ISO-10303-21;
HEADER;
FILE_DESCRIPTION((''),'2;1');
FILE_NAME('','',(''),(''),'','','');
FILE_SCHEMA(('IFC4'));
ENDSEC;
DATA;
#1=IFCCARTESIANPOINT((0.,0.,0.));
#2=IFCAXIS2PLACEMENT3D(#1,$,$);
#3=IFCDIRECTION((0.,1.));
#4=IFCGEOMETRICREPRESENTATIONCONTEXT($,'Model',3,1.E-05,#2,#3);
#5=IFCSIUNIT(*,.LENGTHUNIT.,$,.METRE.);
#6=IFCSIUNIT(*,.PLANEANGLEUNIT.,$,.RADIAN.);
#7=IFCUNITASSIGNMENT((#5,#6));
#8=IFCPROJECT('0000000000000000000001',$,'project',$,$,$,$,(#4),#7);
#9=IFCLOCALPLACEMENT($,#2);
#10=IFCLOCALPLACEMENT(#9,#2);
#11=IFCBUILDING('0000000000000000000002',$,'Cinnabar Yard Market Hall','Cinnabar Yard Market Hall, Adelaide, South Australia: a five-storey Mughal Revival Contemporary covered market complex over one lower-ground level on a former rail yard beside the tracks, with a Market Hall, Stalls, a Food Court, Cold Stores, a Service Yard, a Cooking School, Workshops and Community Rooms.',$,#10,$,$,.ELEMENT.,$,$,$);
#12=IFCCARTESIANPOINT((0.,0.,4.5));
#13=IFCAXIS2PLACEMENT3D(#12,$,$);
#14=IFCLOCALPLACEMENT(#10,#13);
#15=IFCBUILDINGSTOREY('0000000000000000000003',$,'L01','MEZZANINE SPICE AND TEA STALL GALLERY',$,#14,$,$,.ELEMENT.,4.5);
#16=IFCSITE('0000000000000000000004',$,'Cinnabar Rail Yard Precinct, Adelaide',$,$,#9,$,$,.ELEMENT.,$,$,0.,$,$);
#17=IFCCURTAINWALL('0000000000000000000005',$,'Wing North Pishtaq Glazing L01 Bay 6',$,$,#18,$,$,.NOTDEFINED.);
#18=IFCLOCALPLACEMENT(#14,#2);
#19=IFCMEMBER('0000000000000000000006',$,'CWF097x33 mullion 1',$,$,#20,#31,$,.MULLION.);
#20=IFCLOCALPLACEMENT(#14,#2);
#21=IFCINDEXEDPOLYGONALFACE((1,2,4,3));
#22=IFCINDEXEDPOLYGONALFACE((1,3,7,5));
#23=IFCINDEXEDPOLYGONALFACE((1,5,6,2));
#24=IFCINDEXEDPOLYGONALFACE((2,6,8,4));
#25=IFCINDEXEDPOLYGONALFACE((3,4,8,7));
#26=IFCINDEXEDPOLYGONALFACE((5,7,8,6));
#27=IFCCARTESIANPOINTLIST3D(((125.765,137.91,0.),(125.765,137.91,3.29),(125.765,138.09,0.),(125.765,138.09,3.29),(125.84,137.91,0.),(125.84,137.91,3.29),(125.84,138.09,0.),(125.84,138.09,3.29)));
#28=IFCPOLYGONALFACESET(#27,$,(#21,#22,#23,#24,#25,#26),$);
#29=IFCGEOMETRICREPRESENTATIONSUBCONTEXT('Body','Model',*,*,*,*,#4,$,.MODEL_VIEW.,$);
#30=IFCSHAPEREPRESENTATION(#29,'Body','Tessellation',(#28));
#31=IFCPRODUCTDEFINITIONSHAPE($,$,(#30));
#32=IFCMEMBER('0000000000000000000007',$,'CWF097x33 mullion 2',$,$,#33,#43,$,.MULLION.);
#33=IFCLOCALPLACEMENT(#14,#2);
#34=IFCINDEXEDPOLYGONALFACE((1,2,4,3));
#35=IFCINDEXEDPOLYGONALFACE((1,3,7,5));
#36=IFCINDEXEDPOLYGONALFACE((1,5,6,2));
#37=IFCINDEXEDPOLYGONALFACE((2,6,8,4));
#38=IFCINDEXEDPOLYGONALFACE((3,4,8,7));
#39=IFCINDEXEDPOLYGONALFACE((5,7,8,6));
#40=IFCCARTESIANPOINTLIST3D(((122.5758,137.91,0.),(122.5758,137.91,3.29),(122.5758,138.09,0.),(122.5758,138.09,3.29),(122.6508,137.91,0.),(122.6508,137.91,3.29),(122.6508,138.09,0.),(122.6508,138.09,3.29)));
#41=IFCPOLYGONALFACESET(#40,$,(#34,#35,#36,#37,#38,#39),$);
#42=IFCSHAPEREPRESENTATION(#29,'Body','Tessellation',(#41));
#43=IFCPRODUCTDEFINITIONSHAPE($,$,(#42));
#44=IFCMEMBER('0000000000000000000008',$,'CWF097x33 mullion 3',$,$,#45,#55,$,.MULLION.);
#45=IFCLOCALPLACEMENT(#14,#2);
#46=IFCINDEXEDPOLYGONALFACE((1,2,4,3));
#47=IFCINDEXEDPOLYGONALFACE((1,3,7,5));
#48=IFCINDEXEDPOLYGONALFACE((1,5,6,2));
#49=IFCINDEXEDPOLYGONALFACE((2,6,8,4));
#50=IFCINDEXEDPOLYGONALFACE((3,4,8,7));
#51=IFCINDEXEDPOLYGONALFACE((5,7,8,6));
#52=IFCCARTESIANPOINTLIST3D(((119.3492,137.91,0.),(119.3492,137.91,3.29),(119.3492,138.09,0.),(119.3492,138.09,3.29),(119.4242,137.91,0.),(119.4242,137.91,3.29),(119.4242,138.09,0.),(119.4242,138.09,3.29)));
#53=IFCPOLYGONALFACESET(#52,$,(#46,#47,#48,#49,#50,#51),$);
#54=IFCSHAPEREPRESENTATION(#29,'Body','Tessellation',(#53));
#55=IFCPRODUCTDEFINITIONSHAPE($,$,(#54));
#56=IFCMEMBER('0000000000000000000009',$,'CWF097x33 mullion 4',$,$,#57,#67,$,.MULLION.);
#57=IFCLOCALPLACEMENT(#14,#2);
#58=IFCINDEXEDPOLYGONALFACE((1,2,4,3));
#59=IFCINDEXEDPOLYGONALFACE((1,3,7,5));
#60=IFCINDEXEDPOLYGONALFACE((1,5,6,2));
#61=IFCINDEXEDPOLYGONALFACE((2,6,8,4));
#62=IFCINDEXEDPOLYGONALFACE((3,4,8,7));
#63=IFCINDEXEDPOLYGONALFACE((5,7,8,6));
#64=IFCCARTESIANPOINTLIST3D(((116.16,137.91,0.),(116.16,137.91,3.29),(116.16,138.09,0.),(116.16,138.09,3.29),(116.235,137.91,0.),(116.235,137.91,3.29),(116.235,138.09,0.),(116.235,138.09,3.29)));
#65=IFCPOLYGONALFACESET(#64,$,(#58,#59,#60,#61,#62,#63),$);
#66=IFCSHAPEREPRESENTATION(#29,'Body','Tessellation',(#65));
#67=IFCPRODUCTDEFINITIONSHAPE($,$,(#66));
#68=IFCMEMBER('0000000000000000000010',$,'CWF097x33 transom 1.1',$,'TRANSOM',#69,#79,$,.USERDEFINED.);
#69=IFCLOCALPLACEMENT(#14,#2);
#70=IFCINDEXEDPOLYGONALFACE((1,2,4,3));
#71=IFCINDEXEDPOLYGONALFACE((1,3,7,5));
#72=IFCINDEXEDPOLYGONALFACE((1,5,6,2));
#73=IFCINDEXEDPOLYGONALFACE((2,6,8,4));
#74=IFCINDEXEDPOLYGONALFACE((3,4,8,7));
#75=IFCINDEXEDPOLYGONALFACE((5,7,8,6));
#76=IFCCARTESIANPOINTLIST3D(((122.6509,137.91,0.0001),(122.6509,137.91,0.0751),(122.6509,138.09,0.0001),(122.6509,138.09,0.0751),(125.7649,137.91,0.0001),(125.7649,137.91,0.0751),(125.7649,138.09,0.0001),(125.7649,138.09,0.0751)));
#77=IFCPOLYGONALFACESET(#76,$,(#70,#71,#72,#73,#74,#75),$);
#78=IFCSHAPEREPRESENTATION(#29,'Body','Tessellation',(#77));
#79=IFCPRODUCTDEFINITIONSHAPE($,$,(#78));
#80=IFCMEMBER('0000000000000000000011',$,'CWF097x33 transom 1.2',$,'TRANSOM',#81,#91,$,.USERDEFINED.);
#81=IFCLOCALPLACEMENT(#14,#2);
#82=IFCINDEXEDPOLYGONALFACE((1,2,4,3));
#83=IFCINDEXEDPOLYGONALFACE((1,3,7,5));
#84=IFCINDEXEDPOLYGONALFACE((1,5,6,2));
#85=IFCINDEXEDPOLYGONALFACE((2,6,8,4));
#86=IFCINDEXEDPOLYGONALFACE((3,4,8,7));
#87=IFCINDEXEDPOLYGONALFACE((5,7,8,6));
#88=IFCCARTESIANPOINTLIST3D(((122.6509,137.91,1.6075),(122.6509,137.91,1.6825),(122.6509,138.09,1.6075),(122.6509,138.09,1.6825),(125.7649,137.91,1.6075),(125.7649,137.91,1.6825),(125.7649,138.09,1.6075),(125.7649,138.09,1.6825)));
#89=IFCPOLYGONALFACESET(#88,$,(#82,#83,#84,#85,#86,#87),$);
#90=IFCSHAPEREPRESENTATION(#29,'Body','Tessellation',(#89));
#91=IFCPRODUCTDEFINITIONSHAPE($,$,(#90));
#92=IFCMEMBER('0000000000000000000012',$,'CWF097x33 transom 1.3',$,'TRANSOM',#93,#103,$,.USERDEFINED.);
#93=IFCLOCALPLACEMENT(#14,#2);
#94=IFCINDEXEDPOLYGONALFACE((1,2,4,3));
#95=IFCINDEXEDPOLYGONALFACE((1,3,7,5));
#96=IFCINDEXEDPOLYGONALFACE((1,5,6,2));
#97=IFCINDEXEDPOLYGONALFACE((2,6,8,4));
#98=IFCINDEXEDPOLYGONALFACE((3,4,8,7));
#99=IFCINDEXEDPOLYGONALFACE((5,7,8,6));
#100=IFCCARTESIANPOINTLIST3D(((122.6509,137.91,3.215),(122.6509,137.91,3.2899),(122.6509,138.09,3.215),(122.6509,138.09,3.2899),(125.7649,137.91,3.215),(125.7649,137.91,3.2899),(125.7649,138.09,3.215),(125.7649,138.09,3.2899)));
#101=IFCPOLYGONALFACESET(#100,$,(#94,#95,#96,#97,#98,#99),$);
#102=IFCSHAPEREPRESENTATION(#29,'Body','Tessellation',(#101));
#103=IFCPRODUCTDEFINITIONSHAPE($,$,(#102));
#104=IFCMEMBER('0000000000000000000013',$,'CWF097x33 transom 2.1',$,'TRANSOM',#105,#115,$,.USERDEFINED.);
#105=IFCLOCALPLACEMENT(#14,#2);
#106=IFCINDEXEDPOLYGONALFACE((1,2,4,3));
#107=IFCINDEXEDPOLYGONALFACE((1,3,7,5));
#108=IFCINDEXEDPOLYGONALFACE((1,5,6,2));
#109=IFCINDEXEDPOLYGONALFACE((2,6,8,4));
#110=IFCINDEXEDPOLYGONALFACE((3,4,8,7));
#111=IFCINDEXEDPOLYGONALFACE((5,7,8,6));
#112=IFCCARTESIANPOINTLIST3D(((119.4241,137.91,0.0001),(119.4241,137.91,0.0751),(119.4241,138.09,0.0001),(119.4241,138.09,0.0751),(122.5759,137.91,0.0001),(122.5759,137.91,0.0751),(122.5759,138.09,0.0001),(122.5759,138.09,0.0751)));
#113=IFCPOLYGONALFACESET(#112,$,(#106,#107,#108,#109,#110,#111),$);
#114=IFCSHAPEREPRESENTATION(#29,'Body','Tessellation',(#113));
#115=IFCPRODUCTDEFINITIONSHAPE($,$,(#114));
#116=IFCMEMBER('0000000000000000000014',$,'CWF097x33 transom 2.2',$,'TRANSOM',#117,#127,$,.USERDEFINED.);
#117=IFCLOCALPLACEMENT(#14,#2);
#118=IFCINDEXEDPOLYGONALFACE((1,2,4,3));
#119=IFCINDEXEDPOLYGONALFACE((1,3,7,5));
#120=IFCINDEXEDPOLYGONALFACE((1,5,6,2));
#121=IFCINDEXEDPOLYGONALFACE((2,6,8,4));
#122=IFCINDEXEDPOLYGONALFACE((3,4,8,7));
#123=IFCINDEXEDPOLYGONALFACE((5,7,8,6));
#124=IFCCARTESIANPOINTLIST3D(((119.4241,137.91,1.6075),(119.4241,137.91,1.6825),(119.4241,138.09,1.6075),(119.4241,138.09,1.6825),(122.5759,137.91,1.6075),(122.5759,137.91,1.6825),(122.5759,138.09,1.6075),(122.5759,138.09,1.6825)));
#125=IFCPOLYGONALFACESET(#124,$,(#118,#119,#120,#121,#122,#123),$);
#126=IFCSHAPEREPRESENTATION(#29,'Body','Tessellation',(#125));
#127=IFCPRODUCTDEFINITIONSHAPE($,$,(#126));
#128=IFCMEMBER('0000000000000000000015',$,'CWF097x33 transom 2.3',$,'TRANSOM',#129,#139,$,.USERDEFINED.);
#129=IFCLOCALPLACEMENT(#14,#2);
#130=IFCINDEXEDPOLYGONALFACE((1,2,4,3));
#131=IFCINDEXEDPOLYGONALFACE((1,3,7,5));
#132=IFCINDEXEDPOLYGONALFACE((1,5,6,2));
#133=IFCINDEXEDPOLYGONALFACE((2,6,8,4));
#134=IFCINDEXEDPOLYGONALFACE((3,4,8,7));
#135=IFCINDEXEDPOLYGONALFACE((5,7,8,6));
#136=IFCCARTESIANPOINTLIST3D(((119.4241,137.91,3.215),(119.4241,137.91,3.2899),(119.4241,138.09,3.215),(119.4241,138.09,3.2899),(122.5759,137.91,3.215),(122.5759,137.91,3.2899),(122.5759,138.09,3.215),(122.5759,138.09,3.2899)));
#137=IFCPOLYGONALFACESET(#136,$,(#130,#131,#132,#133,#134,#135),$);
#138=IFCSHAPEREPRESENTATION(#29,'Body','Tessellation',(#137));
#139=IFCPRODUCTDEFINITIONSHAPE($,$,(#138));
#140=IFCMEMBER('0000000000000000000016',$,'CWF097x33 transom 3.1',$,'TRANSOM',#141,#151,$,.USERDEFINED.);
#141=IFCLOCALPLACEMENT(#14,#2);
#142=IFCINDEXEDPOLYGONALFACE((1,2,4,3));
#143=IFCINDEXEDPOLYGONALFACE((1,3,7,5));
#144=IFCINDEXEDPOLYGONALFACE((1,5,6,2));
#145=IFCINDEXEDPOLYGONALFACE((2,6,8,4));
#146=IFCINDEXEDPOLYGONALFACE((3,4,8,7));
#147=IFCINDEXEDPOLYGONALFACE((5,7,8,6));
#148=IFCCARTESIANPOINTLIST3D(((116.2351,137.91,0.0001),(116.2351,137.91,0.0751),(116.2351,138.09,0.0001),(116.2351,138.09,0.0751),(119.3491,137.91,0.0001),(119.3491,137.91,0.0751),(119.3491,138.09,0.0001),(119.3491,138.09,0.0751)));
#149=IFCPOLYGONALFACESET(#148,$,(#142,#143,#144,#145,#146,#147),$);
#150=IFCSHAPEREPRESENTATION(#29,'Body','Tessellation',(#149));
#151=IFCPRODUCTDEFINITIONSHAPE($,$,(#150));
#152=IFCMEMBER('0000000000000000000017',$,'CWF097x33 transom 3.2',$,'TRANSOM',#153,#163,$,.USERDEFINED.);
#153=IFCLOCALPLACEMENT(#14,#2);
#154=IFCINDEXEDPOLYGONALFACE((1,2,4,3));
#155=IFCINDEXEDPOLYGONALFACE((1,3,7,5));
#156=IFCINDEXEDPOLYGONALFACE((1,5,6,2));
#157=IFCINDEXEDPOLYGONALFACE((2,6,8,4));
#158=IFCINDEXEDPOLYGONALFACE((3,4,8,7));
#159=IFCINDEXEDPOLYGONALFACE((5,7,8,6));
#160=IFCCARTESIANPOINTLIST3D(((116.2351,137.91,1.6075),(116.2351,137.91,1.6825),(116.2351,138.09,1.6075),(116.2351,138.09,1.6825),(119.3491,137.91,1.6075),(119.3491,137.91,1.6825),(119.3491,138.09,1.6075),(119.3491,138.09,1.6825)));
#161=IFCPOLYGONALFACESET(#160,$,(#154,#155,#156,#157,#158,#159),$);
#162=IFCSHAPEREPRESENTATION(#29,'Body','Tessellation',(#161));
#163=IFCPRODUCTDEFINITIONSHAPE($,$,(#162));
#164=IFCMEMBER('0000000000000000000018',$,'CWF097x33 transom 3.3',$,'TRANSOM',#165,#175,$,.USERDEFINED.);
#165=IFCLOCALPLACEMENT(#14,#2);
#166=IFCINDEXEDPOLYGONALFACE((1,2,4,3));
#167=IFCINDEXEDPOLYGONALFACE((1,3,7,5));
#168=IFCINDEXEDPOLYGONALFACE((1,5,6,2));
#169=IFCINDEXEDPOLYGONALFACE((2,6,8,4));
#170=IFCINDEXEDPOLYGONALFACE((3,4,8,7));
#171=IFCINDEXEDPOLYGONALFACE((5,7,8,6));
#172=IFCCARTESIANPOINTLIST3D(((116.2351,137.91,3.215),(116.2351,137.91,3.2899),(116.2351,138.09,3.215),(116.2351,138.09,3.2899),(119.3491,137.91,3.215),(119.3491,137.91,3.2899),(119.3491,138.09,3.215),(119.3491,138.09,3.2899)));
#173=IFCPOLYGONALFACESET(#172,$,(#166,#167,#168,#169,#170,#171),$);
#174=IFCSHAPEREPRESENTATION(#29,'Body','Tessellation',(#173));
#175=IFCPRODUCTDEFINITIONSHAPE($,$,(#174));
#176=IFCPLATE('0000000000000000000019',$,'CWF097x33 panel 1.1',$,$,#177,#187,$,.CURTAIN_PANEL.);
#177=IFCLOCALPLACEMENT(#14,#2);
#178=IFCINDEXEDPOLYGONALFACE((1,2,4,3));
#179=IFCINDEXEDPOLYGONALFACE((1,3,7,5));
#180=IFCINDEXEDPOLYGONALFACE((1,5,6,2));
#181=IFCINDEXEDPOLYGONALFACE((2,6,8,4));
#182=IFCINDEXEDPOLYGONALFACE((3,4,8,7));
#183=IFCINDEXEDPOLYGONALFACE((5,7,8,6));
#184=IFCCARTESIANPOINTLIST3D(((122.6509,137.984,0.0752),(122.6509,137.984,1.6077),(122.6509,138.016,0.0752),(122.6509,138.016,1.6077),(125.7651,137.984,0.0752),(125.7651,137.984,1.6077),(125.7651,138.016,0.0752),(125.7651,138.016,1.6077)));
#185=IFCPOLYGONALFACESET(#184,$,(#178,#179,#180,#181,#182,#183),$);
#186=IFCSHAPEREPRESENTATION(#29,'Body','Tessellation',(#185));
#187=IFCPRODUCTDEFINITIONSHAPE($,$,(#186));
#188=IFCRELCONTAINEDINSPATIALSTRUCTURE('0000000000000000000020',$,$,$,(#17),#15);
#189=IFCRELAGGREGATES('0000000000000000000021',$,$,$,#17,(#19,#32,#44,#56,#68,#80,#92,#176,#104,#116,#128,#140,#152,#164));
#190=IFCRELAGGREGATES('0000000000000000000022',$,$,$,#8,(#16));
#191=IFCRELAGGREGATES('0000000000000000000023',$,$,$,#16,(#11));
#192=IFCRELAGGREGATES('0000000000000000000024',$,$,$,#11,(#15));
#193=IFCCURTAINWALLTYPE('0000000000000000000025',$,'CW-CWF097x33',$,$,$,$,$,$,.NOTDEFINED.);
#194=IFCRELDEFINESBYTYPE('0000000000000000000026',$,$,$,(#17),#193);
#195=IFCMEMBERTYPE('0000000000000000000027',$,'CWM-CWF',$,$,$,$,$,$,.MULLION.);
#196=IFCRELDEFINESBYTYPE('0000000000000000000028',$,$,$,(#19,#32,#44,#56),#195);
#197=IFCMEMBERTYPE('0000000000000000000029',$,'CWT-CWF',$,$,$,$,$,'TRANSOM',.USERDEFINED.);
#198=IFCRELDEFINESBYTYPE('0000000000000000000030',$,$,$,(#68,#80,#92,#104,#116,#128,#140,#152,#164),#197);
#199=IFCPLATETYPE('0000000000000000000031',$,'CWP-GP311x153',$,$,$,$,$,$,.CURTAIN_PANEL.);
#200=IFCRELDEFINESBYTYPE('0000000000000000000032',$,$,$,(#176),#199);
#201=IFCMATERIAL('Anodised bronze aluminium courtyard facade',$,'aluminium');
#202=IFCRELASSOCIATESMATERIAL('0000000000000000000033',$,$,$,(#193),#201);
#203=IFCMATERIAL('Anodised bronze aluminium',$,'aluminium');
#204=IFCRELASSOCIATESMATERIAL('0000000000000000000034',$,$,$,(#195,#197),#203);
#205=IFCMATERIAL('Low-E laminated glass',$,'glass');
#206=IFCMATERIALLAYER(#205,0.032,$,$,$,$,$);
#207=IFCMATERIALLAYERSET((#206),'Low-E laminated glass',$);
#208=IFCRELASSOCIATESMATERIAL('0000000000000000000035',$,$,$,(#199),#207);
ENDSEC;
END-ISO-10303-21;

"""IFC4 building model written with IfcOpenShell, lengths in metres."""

from ifc_helpers import new_model, si_unit, direction, frame, origin, origin_2d_with_axis, place, context, subcontext, project, spatial, rectangle, extrude, material, layer, layer_set, material_profile, profile_set, type_object, element, aggregate, save


model = new_model("IFC4")

# Units and contexts
model_context = context("Model", 3, precision=1e-05, world=origin(), true_north=direction((0.0, 1.0)))
body_context = subcontext(model_context, "Body", "Model", "MODEL_VIEW")
ifc_project = project(units=[si_unit("LENGTHUNIT", "METRE"), si_unit("PLANEANGLEUNIT", "RADIAN")], contexts=[model_context])

# Site, building, storey
site_placement = place(None, origin())
site = spatial("IfcSite", under=ifc_project, at=site_placement, Name="Cinnabar Rail Yard Precinct, Adelaide", CompositionType="ELEMENT", RefElevation=0.0)
building_placement = place(site_placement, origin())
building = spatial("IfcBuilding", under=site, at=building_placement, Name="Cinnabar Yard Market Hall", Description="Cinnabar Yard Market Hall, Adelaide, South Australia: a five-storey Mughal Revival Contemporary covered market complex over one lower-ground level on a former rail yard beside the tracks, with a Market Hall, Stalls, a Food Court, Cold Stores, a Service Yard, a Cooking School, Workshops and Community Rooms.", CompositionType="ELEMENT")
storey_placement = place(building_placement, frame((0.0, 0.0, 4.5)))
storey = spatial("IfcBuildingStorey", under=building, at=storey_placement, Name="L01", Description="MEZZANINE SPICE AND TEA STALL GALLERY", CompositionType="ELEMENT", Elevation=4.5)

# Curtain wall, members, plate
ifc_material_1 = material(Name="Anodised bronze aluminium courtyard facade", Category="aluminium")
curtain_wall_type = type_object("IfcCurtainWallType", Name="CW-CWF097x33", PredefinedType="NOTDEFINED", material=ifc_material_1)
curtain_wall_placement = place(storey_placement, origin())
curtain_wall = element("IfcCurtainWall", 1, at=curtain_wall_placement, inside=storey, type_object=curtain_wall_type, Name="Wing North Pishtaq Glazing L01 Bay 6", PredefinedType="NOTDEFINED")
ifc_material_2 = material(Name="Anodised bronze aluminium", Category="aluminium")
ifc_material_profile_1 = material_profile(ifc_material_2, rectangle(XDim=0.1799, YDim=0.075, at=origin_2d_with_axis()), Name="MUL-CWF")
ifc_profile_set_1 = profile_set([ifc_material_profile_1], Name="Anodised bronze aluminium")
member_type_1 = type_object("IfcMemberType", Name="CWM-CWF", PredefinedType="MULLION", material=ifc_profile_set_1)
member_1_placement = place(storey_placement, frame((125.8025, 138.0, 0.0), z_axis=(0.0, 0.0, 1.0), x_axis=(0.0, -1.0, 0.0)))
member_1 = element("IfcMember", 2, at=member_1_placement, type_object=member_type_1, Name="CWF097x33 mullion 1", PredefinedType="MULLION", context=body_context, shape_type="SweptSolid", body=[
    extrude(rectangle(XDim=0.1799, YDim=0.075, at=origin_2d_with_axis()), origin(), (0.0, 0.0, 1.0), 3.29),
])
member_2_placement = place(storey_placement, frame((122.6133, 138.0, 0.0), z_axis=(0.0, 0.0, 1.0), x_axis=(0.0, -1.0, 0.0)))
member_2 = element("IfcMember", 3, at=member_2_placement, type_object=member_type_1, Name="CWF097x33 mullion 2", PredefinedType="MULLION", context=body_context, shape_type="SweptSolid", body=[
    extrude(rectangle(XDim=0.1799, YDim=0.075, at=origin_2d_with_axis()), origin(), (0.0, 0.0, 1.0), 3.29),
])
member_3_placement = place(storey_placement, frame((119.3867, 138.0, 0.0), z_axis=(0.0, 0.0, 1.0), x_axis=(0.0, -1.0, 0.0)))
member_3 = element("IfcMember", 4, at=member_3_placement, type_object=member_type_1, Name="CWF097x33 mullion 3", PredefinedType="MULLION", context=body_context, shape_type="SweptSolid", body=[
    extrude(rectangle(XDim=0.1799, YDim=0.075, at=origin_2d_with_axis()), origin(), (0.0, 0.0, 1.0), 3.29),
])
member_4_placement = place(storey_placement, frame((116.1975, 138.0, 0.0), z_axis=(0.0, 0.0, 1.0), x_axis=(0.0, -1.0, 0.0)))
member_4 = element("IfcMember", 5, at=member_4_placement, type_object=member_type_1, Name="CWF097x33 mullion 4", PredefinedType="MULLION", context=body_context, shape_type="SweptSolid", body=[
    extrude(rectangle(XDim=0.1799, YDim=0.075, at=origin_2d_with_axis()), origin(), (0.0, 0.0, 1.0), 3.29),
])
ifc_material_profile_2 = material_profile(ifc_material_2, rectangle(XDim=0.1799, YDim=0.075, at=origin_2d_with_axis()), Name="TRN-CWF")
ifc_profile_set_2 = profile_set([ifc_material_profile_2], Name="Anodised bronze aluminium")
member_type_2 = type_object("IfcMemberType", Name="CWT-CWF", ElementType="TRANSOM", PredefinedType="USERDEFINED", material=ifc_profile_set_2)
member_5_placement = place(storey_placement, frame((125.7649, 138.0, 0.0376), z_axis=(-1.0, 0.0, 0.0), x_axis=(0.0, -1.0, 0.0)))
member_5 = element("IfcMember", 6, at=member_5_placement, type_object=member_type_2, Name="CWF097x33 transom 1.1", ObjectType="TRANSOM", PredefinedType="USERDEFINED", context=body_context, shape_type="SweptSolid", body=[
    extrude(rectangle(XDim=0.1799, YDim=0.075, at=origin_2d_with_axis()), origin(), (0.0, 0.0, 1.0), 3.114),
])
member_6_placement = place(storey_placement, frame((125.7649, 138.0, 1.645), z_axis=(-1.0, 0.0, 0.0), x_axis=(0.0, -1.0, 0.0)))
member_6 = element("IfcMember", 7, at=member_6_placement, type_object=member_type_2, Name="CWF097x33 transom 1.2", ObjectType="TRANSOM", PredefinedType="USERDEFINED", context=body_context, shape_type="SweptSolid", body=[
    extrude(rectangle(XDim=0.1799, YDim=0.075, at=origin_2d_with_axis()), origin(), (0.0, 0.0, 1.0), 3.114),
])
member_7_placement = place(storey_placement, frame((125.7649, 138.0, 3.2524), z_axis=(-1.0, 0.0, 0.0), x_axis=(0.0, -1.0, 0.0)))
member_7 = element("IfcMember", 8, at=member_7_placement, type_object=member_type_2, Name="CWF097x33 transom 1.3", ObjectType="TRANSOM", PredefinedType="USERDEFINED", context=body_context, shape_type="SweptSolid", body=[
    extrude(rectangle(XDim=0.1799, YDim=0.075, at=origin_2d_with_axis()), origin(), (0.0, 0.0, 1.0), 3.114),
])
member_8_placement = place(storey_placement, frame((122.5759, 138.0, 0.0376), z_axis=(-1.0, 0.0, 0.0), x_axis=(0.0, -1.0, 0.0)))
member_8 = element("IfcMember", 9, at=member_8_placement, type_object=member_type_2, Name="CWF097x33 transom 2.1", ObjectType="TRANSOM", PredefinedType="USERDEFINED", context=body_context, shape_type="SweptSolid", body=[
    extrude(rectangle(XDim=0.1799, YDim=0.075, at=origin_2d_with_axis()), origin(), (0.0, 0.0, 1.0), 3.1519),
])
member_9_placement = place(storey_placement, frame((122.5759, 138.0, 1.645), z_axis=(-1.0, 0.0, 0.0), x_axis=(0.0, -1.0, 0.0)))
member_9 = element("IfcMember", 10, at=member_9_placement, type_object=member_type_2, Name="CWF097x33 transom 2.2", ObjectType="TRANSOM", PredefinedType="USERDEFINED", context=body_context, shape_type="SweptSolid", body=[
    extrude(rectangle(XDim=0.1799, YDim=0.075, at=origin_2d_with_axis()), origin(), (0.0, 0.0, 1.0), 3.1519),
])
member_10_placement = place(storey_placement, frame((122.5759, 138.0, 3.2524), z_axis=(-1.0, 0.0, 0.0), x_axis=(0.0, -1.0, 0.0)))
member_10 = element("IfcMember", 11, at=member_10_placement, type_object=member_type_2, Name="CWF097x33 transom 2.3", ObjectType="TRANSOM", PredefinedType="USERDEFINED", context=body_context, shape_type="SweptSolid", body=[
    extrude(rectangle(XDim=0.1799, YDim=0.075, at=origin_2d_with_axis()), origin(), (0.0, 0.0, 1.0), 3.1519),
])
member_11_placement = place(storey_placement, frame((119.3491, 138.0, 0.0376), z_axis=(-1.0, 0.0, 0.0), x_axis=(0.0, -1.0, 0.0)))
member_11 = element("IfcMember", 12, at=member_11_placement, type_object=member_type_2, Name="CWF097x33 transom 3.1", ObjectType="TRANSOM", PredefinedType="USERDEFINED", context=body_context, shape_type="SweptSolid", body=[
    extrude(rectangle(XDim=0.1799, YDim=0.075, at=origin_2d_with_axis()), origin(), (0.0, 0.0, 1.0), 3.114),
])
member_12_placement = place(storey_placement, frame((119.3491, 138.0, 1.645), z_axis=(-1.0, 0.0, 0.0), x_axis=(0.0, -1.0, 0.0)))
member_12 = element("IfcMember", 13, at=member_12_placement, type_object=member_type_2, Name="CWF097x33 transom 3.2", ObjectType="TRANSOM", PredefinedType="USERDEFINED", context=body_context, shape_type="SweptSolid", body=[
    extrude(rectangle(XDim=0.1799, YDim=0.075, at=origin_2d_with_axis()), origin(), (0.0, 0.0, 1.0), 3.114),
])
member_13_placement = place(storey_placement, frame((119.3491, 138.0, 3.2524), z_axis=(-1.0, 0.0, 0.0), x_axis=(0.0, -1.0, 0.0)))
member_13 = element("IfcMember", 14, at=member_13_placement, type_object=member_type_2, Name="CWF097x33 transom 3.3", ObjectType="TRANSOM", PredefinedType="USERDEFINED", context=body_context, shape_type="SweptSolid", body=[
    extrude(rectangle(XDim=0.1799, YDim=0.075, at=origin_2d_with_axis()), origin(), (0.0, 0.0, 1.0), 3.114),
])
ifc_material_3 = material(Name="Low-E laminated glass", Category="glass")
ifc_layer_1 = layer(ifc_material_3, 0.032)
ifc_layer_set_1 = layer_set([ifc_layer_1], Name="Low-E laminated glass")
plate_type_1 = type_object("IfcPlateType", Name="CWP-GP311x153", PredefinedType="CURTAIN_PANEL", material=ifc_layer_set_1)
plate_1_placement = place(storey_placement, frame((124.208, 138.0, 0.0752), z_axis=(0.0, 0.0, 1.0), x_axis=(-1.0, 0.0, 0.0)))
plate_1 = element("IfcPlate", 15, at=plate_1_placement, type_object=plate_type_1, Name="CWF097x33 panel 1.1", PredefinedType="CURTAIN_PANEL", context=body_context, shape_type="SweptSolid", body=[
    extrude(rectangle(XDim=3.1143, YDim=0.032, at=origin_2d_with_axis()), origin(), (0.0, 0.0, 1.0), 1.5325),
])
aggregate(curtain_wall, [member_1, member_2, member_3, member_4, member_5, member_6, member_7, plate_1, member_8, member_9, member_10, member_11, member_12, member_13])

save(model, "model.ifc")
